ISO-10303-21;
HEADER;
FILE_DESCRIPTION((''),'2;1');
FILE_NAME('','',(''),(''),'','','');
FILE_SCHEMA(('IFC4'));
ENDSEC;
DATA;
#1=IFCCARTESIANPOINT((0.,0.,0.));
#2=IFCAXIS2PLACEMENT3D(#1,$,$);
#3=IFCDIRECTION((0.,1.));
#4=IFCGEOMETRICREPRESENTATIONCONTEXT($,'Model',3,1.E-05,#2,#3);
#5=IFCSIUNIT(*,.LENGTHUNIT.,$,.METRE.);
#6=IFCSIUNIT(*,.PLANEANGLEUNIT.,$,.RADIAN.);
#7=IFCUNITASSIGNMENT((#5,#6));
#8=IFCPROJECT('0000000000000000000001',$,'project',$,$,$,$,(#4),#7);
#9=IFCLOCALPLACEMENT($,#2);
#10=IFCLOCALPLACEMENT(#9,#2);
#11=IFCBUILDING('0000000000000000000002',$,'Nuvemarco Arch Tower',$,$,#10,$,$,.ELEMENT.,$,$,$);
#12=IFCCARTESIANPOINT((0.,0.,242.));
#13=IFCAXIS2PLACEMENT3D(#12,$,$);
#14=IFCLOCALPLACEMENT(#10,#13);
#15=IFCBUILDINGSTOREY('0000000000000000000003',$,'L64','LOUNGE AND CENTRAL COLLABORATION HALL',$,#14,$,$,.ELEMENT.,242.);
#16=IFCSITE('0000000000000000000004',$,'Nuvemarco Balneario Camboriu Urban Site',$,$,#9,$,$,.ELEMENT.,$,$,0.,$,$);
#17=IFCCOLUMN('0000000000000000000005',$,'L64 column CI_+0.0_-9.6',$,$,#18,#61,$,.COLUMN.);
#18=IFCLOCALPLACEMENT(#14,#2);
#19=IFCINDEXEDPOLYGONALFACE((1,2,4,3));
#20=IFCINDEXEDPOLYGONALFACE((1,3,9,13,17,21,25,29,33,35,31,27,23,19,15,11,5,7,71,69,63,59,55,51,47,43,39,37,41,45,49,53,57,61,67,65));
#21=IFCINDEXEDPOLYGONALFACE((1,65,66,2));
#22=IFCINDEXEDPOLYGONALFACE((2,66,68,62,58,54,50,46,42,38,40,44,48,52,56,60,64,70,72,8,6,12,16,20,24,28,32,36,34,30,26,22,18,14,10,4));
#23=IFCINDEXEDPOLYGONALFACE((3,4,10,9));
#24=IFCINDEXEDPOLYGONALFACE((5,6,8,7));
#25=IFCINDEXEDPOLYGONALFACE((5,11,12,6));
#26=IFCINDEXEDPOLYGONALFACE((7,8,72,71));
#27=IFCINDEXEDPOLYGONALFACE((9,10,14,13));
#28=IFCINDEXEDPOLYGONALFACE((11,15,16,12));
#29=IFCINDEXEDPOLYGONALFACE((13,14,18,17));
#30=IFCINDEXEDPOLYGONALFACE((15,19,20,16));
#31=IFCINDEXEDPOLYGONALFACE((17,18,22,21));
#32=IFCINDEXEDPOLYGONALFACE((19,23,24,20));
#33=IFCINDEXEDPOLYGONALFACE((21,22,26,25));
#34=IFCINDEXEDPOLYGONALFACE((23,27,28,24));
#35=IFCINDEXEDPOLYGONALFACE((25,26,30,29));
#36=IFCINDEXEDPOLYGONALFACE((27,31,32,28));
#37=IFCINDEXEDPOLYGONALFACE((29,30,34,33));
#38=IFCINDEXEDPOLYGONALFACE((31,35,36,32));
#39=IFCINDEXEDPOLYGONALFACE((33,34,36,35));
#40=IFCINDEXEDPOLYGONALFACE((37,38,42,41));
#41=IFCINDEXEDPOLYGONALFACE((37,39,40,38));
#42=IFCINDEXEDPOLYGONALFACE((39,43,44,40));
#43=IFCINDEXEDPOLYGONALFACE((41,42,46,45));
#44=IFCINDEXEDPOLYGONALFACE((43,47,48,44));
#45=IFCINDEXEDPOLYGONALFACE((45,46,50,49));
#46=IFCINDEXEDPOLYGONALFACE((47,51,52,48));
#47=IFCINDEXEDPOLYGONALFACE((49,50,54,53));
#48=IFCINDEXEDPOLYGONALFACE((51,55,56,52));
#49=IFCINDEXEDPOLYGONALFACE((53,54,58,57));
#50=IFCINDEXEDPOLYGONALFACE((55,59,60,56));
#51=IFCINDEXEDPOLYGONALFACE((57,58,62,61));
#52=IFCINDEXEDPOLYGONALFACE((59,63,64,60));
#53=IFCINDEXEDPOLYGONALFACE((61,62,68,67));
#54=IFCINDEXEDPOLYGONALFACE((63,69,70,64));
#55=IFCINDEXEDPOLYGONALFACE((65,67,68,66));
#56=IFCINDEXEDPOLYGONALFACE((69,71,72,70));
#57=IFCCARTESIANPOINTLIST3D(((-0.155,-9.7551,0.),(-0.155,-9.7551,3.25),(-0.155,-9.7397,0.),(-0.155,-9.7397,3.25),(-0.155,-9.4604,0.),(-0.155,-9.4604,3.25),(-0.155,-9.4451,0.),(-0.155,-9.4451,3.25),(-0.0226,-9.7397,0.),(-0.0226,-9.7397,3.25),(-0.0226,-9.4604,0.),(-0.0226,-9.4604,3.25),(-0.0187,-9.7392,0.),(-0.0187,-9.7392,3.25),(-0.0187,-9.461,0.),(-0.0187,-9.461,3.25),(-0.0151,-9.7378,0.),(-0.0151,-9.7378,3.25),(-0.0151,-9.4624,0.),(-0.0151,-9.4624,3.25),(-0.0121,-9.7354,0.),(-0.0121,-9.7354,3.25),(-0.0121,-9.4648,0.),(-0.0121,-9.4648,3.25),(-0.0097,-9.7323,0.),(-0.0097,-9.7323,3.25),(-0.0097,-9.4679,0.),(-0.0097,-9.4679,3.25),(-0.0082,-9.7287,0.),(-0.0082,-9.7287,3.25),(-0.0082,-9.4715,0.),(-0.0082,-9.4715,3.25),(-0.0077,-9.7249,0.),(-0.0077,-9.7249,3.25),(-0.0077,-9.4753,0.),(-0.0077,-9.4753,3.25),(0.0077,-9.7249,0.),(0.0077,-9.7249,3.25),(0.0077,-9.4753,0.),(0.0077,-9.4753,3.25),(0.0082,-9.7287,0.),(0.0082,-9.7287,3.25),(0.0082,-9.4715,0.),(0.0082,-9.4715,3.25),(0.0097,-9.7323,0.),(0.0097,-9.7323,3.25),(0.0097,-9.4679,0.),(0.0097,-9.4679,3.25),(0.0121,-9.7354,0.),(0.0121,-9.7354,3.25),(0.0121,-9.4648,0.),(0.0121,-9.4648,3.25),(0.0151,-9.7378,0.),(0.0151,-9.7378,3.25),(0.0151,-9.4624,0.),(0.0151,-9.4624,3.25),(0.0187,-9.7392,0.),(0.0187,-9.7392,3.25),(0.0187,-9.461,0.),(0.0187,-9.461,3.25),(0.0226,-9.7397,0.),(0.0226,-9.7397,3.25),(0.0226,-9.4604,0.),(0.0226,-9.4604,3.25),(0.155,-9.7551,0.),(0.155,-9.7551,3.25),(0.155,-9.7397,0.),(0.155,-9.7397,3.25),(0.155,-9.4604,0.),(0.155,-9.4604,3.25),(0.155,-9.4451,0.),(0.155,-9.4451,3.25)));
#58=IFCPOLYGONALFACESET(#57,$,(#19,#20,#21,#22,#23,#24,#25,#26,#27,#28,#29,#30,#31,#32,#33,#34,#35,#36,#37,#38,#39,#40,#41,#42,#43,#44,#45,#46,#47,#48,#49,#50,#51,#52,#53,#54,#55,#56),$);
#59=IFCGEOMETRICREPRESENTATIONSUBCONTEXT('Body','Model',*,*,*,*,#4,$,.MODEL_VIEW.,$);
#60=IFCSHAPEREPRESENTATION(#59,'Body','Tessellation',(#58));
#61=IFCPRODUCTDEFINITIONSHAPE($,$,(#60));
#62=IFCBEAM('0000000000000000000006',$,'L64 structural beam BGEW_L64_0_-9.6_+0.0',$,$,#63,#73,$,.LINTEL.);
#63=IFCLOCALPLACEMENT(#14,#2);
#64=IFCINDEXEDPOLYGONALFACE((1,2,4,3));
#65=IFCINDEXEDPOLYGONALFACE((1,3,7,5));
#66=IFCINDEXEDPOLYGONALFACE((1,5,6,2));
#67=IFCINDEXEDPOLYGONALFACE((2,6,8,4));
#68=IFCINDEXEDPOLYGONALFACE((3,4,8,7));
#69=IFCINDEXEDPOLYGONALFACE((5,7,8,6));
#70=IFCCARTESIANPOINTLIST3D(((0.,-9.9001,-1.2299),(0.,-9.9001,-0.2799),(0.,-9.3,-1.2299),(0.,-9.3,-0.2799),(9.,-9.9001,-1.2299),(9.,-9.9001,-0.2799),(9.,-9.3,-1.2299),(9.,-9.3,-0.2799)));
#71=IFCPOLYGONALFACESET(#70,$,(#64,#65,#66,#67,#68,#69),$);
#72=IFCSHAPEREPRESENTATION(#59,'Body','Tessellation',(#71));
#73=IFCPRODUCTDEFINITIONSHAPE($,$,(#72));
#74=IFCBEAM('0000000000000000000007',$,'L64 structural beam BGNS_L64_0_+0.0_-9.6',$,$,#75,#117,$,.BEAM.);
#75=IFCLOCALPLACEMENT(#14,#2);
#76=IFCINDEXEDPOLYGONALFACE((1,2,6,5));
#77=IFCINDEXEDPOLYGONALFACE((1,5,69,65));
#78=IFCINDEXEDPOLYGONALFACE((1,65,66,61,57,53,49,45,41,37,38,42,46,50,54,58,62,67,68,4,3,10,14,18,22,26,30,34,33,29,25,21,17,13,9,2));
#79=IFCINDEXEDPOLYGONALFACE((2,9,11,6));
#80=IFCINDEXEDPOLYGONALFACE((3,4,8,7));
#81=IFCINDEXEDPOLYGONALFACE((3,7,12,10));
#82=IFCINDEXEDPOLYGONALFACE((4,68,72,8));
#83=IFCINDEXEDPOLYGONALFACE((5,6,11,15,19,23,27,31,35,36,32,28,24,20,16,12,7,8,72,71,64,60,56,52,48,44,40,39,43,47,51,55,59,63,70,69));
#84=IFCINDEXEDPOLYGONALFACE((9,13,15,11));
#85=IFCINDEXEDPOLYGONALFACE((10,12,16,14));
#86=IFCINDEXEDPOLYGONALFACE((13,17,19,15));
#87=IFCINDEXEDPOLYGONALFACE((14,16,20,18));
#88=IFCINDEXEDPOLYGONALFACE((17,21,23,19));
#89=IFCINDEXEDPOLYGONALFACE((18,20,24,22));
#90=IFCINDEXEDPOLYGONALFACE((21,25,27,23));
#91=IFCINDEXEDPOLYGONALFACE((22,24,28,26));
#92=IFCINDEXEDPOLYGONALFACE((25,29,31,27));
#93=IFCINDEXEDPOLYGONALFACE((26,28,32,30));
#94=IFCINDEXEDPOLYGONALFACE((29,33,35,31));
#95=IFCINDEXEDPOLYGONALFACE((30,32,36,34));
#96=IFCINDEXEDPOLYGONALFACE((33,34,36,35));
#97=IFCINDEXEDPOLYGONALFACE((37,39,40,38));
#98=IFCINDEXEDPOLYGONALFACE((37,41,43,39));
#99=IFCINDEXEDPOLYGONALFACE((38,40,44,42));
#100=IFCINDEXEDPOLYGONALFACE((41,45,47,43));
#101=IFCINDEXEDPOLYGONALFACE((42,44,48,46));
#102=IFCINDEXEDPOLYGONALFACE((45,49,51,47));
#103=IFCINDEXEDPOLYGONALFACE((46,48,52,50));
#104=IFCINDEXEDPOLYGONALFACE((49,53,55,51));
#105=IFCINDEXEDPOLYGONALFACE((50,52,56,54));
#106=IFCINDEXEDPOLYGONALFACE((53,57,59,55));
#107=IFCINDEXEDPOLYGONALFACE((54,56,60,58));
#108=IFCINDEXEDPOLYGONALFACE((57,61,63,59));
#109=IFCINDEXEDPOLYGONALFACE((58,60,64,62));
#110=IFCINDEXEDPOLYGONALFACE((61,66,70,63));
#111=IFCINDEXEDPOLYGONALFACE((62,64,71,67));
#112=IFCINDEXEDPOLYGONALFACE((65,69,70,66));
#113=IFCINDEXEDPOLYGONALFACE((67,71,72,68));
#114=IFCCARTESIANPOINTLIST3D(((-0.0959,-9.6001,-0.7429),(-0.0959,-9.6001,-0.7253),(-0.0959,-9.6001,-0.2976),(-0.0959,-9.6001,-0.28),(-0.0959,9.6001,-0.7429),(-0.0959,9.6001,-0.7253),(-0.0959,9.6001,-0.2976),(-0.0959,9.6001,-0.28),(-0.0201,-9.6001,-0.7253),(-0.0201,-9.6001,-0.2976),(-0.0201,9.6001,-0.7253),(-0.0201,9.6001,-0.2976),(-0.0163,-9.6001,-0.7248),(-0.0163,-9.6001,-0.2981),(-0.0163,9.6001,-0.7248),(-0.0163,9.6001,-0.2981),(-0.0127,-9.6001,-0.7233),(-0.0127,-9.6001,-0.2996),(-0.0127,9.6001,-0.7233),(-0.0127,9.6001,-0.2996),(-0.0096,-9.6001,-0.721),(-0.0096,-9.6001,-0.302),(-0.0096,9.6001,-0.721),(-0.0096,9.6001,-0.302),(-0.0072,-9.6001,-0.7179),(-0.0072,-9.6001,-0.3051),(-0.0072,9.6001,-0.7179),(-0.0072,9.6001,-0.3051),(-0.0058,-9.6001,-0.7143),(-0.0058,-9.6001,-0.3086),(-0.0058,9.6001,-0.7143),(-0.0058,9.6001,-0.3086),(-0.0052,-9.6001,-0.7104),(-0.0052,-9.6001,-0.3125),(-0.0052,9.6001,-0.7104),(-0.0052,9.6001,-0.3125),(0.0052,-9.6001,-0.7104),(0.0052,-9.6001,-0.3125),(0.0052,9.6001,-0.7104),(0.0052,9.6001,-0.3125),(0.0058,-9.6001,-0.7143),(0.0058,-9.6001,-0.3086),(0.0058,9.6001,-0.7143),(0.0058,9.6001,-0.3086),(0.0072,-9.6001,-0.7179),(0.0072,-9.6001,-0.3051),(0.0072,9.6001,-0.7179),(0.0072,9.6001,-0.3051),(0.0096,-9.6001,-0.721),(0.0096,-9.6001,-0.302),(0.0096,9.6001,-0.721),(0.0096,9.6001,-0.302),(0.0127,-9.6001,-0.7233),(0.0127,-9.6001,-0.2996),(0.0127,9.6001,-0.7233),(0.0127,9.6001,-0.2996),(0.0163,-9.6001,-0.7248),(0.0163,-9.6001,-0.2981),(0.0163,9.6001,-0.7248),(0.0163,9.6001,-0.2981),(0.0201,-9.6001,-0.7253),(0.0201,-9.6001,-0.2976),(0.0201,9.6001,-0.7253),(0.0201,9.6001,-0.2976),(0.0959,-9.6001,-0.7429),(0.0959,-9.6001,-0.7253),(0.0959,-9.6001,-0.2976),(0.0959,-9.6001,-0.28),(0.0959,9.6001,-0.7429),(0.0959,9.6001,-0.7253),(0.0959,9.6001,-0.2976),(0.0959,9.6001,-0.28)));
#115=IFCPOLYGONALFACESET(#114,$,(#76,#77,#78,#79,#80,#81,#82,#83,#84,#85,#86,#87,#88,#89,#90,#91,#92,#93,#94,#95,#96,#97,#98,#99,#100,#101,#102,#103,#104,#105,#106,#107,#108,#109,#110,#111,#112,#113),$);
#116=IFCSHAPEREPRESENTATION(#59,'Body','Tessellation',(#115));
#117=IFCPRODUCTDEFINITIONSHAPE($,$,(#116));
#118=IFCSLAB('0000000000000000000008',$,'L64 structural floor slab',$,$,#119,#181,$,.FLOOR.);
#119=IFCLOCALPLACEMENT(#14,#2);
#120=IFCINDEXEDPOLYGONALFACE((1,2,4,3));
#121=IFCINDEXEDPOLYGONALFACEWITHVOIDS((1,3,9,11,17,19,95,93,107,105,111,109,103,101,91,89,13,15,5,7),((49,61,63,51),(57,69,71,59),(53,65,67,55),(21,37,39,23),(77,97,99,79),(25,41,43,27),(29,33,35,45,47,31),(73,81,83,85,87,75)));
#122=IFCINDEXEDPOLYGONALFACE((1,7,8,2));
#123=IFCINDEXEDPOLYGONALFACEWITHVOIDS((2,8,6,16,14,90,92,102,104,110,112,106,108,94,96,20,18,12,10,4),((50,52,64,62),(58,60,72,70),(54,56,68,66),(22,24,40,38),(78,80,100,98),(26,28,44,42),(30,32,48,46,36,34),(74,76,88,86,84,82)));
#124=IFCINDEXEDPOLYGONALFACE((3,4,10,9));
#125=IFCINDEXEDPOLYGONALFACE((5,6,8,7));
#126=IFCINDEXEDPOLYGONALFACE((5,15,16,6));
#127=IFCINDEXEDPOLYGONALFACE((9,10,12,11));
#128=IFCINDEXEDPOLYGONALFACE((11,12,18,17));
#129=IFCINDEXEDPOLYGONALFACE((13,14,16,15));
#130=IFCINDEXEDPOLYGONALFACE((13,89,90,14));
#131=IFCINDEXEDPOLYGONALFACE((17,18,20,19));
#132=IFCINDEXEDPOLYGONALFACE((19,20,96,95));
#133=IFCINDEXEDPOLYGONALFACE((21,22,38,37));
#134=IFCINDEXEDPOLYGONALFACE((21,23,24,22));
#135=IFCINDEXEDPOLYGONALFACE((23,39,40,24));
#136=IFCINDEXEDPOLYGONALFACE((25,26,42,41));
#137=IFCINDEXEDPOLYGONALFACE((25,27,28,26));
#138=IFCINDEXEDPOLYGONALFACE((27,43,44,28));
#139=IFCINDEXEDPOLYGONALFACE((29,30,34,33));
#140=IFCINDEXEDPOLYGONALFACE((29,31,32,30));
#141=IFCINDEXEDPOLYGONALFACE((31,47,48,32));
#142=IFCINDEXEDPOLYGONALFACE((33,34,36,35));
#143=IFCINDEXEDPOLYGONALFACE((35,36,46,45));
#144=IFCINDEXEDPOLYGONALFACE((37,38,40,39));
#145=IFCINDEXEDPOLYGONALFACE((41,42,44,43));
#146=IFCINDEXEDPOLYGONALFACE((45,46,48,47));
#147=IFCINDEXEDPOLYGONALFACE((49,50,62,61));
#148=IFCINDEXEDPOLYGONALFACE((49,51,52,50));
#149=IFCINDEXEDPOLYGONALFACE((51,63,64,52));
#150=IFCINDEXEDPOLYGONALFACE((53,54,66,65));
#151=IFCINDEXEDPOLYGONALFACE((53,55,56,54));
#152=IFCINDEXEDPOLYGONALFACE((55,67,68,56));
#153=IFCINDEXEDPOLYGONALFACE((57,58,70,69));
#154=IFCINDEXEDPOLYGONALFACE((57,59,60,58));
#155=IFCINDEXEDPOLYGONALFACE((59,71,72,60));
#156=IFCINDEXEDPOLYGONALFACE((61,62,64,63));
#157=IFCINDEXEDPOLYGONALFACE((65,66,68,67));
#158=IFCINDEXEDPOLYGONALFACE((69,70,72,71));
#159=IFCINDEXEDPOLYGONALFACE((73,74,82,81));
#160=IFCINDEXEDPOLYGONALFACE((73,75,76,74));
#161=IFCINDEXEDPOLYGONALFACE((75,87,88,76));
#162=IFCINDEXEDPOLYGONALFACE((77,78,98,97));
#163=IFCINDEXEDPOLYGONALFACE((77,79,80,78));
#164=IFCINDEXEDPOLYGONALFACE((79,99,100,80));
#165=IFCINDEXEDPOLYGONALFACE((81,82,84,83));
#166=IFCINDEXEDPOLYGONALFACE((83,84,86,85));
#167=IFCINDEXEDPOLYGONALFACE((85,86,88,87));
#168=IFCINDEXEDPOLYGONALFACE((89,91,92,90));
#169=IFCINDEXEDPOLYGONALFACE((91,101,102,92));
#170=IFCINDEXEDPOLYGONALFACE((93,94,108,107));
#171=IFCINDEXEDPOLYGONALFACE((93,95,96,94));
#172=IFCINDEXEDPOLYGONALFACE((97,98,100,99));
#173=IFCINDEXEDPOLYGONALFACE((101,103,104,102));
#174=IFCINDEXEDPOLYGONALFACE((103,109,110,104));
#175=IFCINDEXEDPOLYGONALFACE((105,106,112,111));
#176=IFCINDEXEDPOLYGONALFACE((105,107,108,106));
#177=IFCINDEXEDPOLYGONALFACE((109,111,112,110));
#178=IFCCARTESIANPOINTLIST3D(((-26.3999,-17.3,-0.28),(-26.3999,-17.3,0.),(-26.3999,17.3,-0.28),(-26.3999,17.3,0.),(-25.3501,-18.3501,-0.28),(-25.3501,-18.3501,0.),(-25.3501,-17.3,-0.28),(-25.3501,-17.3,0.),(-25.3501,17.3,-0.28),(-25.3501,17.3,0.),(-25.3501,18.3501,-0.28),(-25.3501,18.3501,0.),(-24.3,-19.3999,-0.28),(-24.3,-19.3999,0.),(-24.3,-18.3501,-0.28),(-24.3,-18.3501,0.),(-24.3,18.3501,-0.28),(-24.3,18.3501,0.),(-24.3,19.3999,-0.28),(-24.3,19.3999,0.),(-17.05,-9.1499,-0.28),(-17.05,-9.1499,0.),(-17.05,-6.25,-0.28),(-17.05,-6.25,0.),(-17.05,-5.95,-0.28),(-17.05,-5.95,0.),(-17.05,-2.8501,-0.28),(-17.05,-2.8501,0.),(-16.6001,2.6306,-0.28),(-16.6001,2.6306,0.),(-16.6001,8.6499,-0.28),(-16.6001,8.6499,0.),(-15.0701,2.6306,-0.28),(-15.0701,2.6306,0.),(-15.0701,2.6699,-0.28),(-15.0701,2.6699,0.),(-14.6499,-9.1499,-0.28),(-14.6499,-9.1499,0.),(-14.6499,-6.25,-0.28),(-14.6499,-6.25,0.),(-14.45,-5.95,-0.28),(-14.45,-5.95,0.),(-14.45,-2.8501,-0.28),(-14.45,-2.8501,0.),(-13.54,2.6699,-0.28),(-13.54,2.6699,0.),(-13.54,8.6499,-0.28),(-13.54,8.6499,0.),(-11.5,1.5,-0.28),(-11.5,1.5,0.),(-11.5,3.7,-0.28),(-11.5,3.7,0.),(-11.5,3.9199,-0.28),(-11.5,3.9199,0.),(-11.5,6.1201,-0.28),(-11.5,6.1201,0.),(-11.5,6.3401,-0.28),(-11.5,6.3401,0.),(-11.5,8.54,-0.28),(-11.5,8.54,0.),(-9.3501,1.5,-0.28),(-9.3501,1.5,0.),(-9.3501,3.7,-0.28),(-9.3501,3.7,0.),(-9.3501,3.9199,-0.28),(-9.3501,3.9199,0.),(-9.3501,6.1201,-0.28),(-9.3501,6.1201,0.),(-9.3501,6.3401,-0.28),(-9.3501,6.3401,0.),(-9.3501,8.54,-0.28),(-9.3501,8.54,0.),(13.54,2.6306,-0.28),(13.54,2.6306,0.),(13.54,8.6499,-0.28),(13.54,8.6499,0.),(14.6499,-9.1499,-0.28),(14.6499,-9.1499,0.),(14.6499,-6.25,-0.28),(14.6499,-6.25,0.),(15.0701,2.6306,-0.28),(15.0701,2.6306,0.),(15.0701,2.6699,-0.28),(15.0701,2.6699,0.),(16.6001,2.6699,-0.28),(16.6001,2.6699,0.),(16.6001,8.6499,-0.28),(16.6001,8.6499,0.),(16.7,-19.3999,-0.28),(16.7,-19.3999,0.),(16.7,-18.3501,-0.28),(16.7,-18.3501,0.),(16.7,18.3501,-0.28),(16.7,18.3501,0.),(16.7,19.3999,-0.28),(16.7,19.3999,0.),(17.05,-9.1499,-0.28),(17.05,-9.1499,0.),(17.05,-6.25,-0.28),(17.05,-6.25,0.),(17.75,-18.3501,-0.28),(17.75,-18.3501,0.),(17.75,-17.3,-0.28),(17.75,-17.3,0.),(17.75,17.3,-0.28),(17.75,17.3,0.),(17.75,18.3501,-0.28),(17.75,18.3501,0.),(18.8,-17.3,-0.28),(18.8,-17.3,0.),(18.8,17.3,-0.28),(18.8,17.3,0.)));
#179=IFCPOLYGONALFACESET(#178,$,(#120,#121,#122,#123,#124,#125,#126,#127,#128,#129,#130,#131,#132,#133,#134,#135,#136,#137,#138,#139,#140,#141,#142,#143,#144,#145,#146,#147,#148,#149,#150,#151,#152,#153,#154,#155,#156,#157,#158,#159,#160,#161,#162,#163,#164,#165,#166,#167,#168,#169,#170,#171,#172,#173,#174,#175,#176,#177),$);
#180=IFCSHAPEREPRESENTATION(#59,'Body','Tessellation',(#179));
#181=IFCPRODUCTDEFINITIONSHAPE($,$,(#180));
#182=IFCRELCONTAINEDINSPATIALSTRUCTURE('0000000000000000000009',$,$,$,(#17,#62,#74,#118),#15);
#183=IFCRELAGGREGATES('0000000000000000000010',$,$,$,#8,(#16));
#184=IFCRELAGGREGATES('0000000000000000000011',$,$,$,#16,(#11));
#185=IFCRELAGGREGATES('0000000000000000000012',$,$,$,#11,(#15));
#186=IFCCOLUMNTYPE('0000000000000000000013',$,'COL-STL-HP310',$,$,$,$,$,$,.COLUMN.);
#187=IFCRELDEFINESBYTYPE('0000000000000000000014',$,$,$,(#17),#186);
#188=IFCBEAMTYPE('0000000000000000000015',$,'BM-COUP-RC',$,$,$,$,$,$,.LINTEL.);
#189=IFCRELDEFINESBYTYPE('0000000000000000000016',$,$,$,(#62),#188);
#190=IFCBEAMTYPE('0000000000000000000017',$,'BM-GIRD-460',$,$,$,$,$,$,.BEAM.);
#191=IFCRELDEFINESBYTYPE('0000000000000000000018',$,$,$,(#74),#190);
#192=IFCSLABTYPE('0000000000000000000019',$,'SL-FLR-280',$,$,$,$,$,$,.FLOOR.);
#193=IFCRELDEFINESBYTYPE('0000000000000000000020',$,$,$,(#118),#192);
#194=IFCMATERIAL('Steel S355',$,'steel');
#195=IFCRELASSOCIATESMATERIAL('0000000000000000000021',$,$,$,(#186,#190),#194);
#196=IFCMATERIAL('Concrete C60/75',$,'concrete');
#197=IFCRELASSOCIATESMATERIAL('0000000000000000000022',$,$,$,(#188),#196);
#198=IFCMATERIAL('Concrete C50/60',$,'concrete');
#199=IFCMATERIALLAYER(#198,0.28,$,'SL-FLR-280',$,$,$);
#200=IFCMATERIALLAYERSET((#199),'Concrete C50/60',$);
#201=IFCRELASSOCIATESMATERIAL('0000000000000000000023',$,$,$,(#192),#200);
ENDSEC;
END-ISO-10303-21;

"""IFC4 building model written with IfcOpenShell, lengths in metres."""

from ifc_helpers import new_model, si_unit, direction, frame, origin, origin_2d, place, context, subcontext, project, spatial, polyline, rectangle, i_section, outline, extrude, material, layer, layer_set, material_profile, profile_set, type_object, element, save


model = new_model("IFC4")

# Units and contexts
model_context = context("Model", 3, precision=1e-05, world=origin(), true_north=direction((0.0, 1.0)))
body_context = subcontext(model_context, "Body", "Model", "MODEL_VIEW")
ifc_project = project(units=[si_unit("LENGTHUNIT", "METRE"), si_unit("PLANEANGLEUNIT", "RADIAN")], contexts=[model_context])

# Site, building, storey
site_placement = place(None, origin())
site = spatial("IfcSite", under=ifc_project, at=site_placement, Name="Nuvemarco Balneario Camboriu Urban Site", CompositionType="ELEMENT", RefElevation=0.0)
building_placement = place(site_placement, origin())
building = spatial("IfcBuilding", under=site, at=building_placement, Name="Nuvemarco Arch Tower", CompositionType="ELEMENT")
storey_placement = place(building_placement, frame((0.0, 0.0, 242.0)))
storey = spatial("IfcBuildingStorey", under=building, at=storey_placement, Name="L64", Description="LOUNGE AND CENTRAL COLLABORATION HALL", CompositionType="ELEMENT", Elevation=242.0)

# Column
ifc_material_1 = material(Name="Steel S355", Category="steel")
ifc_material_profile_1 = material_profile(ifc_material_1, i_section(OverallWidth=0.3101, OverallDepth=0.3101, WebThickness=0.0154, FlangeThickness=0.0154, FilletRadius=0.0149, at=origin_2d()), Name="HP310x110")
ifc_profile_set_1 = profile_set([ifc_material_profile_1], Name="Steel S355")
column_type = type_object("IfcColumnType", Name="COL-STL-HP310", PredefinedType="COLUMN", material=ifc_profile_set_1)
column_placement = place(storey_placement, frame((0.0, -9.6001, 0.0), z_axis=(0.0, 0.0, 1.0), x_axis=(1.0, 0.0, 0.0)))
element("IfcColumn", 1, at=column_placement, inside=storey, type_object=column_type, Name="L64 column CI_+0.0_-9.6", PredefinedType="COLUMN", context=body_context, shape_type="SweptSolid", body=[
    extrude(i_section(OverallWidth=0.3101, OverallDepth=0.3101, WebThickness=0.0154, FlangeThickness=0.0154, FilletRadius=0.0149, at=origin_2d()), origin(), (0.0, 0.0, 1.0), 3.25),
])

# Beams
ifc_material_2 = material(Name="Concrete C60/75", Category="concrete")
ifc_material_profile_2 = material_profile(ifc_material_2, rectangle(XDim=0.6001, YDim=0.95, at=origin_2d()), Name="RC-BM-600x950")
ifc_profile_set_2 = profile_set([ifc_material_profile_2], Name="Concrete C60/75")
beam_type_1 = type_object("IfcBeamType", Name="BM-COUP-RC", PredefinedType="LINTEL", material=ifc_profile_set_2)
beam_1_placement = place(storey_placement, frame((0.0, -9.6001, -0.7549), z_axis=(1.0, 0.0, 0.0), x_axis=(0.0, 1.0, 0.0)))
element("IfcBeam", 2, at=beam_1_placement, inside=storey, type_object=beam_type_1, Name="L64 structural beam BGEW_L64_0_-9.6_+0.0", PredefinedType="LINTEL", context=body_context, shape_type="SweptSolid", body=[
    extrude(rectangle(XDim=0.6001, YDim=0.95, at=origin_2d()), origin(), (0.0, 0.0, 1.0), 9.0),
])
ifc_material_profile_3 = material_profile(ifc_material_1, i_section(OverallWidth=0.1919, OverallDepth=0.4629, WebThickness=0.0105, FlangeThickness=0.0176, FilletRadius=0.0149, at=origin_2d()), Name="W460x89")
ifc_profile_set_3 = profile_set([ifc_material_profile_3], Name="Steel S355")
beam_type_2 = type_object("IfcBeamType", Name="BM-GIRD-460", PredefinedType="BEAM", material=ifc_profile_set_3)
beam_2_placement = place(storey_placement, frame((0.0, -9.6001, -0.5115), z_axis=(0.0, 1.0, 0.0), x_axis=(-1.0, 0.0, 0.0)))
element("IfcBeam", 3, at=beam_2_placement, inside=storey, type_object=beam_type_2, Name="L64 structural beam BGNS_L64_0_+0.0_-9.6", PredefinedType="BEAM", context=body_context, shape_type="SweptSolid", body=[
    extrude(i_section(OverallWidth=0.1919, OverallDepth=0.4629, WebThickness=0.0105, FlangeThickness=0.0176, FilletRadius=0.0149, at=origin_2d()), origin(), (0.0, 0.0, 1.0), 19.2002),
])

# Slab
ifc_material_3 = material(Name="Concrete C50/60", Category="concrete")
ifc_layer_1 = layer(ifc_material_3, 0.28, Name="SL-FLR-280")
ifc_layer_set_1 = layer_set([ifc_layer_1], Name="Concrete C50/60")
slab_type_1 = type_object("IfcSlabType", Name="SL-FLR-280", PredefinedType="FLOOR", material=ifc_layer_set_1)
slab_1_placement = place(storey_placement, frame((0.0, 0.0, -0.28)))
element("IfcSlab", 4, at=slab_1_placement, inside=storey, type_object=slab_type_1, Name="L64 structural floor slab", PredefinedType="FLOOR", context=body_context, shape_type="SweptSolid", body=[
    extrude(outline(polyline([(-24.3, -19.3999), (16.7, -19.3999), (16.7, -18.3501), (17.75, -18.3501), (17.75, -17.3), (18.8, -17.3), (18.8, 17.3), (17.75, 17.3), (17.75, 18.3501), (16.7, 18.3501), (16.7, 19.3999), (-24.3, 19.3999), (-24.3, 18.3501), (-25.3501, 18.3501), (-25.3501, 17.3), (-26.3999, 17.3), (-26.3999, -17.3), (-25.3501, -17.3), (-25.3501, -18.3501), (-24.3, -18.3501), (-24.3, -19.3999)]), holes=[polyline([(-13.54, 2.6699), (-13.54, 8.6499), (-16.6001, 8.6499), (-16.6001, 2.6306), (-15.0701, 2.6306), (-15.0701, 2.6699), (-13.54, 2.6699)]), polyline([(16.6001, 2.6699), (16.6001, 8.6499), (13.54, 8.6499), (13.54, 2.6306), (15.0701, 2.6306), (15.0701, 2.6699), (16.6001, 2.6699)]), polyline([(-17.05, -9.1499), (-14.6499, -9.1499), (-14.6499, -6.25), (-17.05, -6.25), (-17.05, -9.1499)]), polyline([(-17.05, -5.95), (-14.45, -5.95), (-14.45, -2.8501), (-17.05, -2.8501), (-17.05, -5.95)]), polyline([(-11.5, 1.5), (-9.3501, 1.5), (-9.3501, 3.7), (-11.5, 3.7), (-11.5, 1.5)]), polyline([(-11.5, 3.9199), (-9.3501, 3.9199), (-9.3501, 6.1201), (-11.5, 6.1201), (-11.5, 3.9199)]), polyline([(-11.5, 6.3401), (-9.3501, 6.3401), (-9.3501, 8.54), (-11.5, 8.54), (-11.5, 6.3401)]), polyline([(14.6499, -9.1499), (17.05, -9.1499), (17.05, -6.25), (14.6499, -6.25), (14.6499, -9.1499)])]), origin(), (0.0, 0.0, 1.0), 0.28),
])

save(model, "model.ifc")
